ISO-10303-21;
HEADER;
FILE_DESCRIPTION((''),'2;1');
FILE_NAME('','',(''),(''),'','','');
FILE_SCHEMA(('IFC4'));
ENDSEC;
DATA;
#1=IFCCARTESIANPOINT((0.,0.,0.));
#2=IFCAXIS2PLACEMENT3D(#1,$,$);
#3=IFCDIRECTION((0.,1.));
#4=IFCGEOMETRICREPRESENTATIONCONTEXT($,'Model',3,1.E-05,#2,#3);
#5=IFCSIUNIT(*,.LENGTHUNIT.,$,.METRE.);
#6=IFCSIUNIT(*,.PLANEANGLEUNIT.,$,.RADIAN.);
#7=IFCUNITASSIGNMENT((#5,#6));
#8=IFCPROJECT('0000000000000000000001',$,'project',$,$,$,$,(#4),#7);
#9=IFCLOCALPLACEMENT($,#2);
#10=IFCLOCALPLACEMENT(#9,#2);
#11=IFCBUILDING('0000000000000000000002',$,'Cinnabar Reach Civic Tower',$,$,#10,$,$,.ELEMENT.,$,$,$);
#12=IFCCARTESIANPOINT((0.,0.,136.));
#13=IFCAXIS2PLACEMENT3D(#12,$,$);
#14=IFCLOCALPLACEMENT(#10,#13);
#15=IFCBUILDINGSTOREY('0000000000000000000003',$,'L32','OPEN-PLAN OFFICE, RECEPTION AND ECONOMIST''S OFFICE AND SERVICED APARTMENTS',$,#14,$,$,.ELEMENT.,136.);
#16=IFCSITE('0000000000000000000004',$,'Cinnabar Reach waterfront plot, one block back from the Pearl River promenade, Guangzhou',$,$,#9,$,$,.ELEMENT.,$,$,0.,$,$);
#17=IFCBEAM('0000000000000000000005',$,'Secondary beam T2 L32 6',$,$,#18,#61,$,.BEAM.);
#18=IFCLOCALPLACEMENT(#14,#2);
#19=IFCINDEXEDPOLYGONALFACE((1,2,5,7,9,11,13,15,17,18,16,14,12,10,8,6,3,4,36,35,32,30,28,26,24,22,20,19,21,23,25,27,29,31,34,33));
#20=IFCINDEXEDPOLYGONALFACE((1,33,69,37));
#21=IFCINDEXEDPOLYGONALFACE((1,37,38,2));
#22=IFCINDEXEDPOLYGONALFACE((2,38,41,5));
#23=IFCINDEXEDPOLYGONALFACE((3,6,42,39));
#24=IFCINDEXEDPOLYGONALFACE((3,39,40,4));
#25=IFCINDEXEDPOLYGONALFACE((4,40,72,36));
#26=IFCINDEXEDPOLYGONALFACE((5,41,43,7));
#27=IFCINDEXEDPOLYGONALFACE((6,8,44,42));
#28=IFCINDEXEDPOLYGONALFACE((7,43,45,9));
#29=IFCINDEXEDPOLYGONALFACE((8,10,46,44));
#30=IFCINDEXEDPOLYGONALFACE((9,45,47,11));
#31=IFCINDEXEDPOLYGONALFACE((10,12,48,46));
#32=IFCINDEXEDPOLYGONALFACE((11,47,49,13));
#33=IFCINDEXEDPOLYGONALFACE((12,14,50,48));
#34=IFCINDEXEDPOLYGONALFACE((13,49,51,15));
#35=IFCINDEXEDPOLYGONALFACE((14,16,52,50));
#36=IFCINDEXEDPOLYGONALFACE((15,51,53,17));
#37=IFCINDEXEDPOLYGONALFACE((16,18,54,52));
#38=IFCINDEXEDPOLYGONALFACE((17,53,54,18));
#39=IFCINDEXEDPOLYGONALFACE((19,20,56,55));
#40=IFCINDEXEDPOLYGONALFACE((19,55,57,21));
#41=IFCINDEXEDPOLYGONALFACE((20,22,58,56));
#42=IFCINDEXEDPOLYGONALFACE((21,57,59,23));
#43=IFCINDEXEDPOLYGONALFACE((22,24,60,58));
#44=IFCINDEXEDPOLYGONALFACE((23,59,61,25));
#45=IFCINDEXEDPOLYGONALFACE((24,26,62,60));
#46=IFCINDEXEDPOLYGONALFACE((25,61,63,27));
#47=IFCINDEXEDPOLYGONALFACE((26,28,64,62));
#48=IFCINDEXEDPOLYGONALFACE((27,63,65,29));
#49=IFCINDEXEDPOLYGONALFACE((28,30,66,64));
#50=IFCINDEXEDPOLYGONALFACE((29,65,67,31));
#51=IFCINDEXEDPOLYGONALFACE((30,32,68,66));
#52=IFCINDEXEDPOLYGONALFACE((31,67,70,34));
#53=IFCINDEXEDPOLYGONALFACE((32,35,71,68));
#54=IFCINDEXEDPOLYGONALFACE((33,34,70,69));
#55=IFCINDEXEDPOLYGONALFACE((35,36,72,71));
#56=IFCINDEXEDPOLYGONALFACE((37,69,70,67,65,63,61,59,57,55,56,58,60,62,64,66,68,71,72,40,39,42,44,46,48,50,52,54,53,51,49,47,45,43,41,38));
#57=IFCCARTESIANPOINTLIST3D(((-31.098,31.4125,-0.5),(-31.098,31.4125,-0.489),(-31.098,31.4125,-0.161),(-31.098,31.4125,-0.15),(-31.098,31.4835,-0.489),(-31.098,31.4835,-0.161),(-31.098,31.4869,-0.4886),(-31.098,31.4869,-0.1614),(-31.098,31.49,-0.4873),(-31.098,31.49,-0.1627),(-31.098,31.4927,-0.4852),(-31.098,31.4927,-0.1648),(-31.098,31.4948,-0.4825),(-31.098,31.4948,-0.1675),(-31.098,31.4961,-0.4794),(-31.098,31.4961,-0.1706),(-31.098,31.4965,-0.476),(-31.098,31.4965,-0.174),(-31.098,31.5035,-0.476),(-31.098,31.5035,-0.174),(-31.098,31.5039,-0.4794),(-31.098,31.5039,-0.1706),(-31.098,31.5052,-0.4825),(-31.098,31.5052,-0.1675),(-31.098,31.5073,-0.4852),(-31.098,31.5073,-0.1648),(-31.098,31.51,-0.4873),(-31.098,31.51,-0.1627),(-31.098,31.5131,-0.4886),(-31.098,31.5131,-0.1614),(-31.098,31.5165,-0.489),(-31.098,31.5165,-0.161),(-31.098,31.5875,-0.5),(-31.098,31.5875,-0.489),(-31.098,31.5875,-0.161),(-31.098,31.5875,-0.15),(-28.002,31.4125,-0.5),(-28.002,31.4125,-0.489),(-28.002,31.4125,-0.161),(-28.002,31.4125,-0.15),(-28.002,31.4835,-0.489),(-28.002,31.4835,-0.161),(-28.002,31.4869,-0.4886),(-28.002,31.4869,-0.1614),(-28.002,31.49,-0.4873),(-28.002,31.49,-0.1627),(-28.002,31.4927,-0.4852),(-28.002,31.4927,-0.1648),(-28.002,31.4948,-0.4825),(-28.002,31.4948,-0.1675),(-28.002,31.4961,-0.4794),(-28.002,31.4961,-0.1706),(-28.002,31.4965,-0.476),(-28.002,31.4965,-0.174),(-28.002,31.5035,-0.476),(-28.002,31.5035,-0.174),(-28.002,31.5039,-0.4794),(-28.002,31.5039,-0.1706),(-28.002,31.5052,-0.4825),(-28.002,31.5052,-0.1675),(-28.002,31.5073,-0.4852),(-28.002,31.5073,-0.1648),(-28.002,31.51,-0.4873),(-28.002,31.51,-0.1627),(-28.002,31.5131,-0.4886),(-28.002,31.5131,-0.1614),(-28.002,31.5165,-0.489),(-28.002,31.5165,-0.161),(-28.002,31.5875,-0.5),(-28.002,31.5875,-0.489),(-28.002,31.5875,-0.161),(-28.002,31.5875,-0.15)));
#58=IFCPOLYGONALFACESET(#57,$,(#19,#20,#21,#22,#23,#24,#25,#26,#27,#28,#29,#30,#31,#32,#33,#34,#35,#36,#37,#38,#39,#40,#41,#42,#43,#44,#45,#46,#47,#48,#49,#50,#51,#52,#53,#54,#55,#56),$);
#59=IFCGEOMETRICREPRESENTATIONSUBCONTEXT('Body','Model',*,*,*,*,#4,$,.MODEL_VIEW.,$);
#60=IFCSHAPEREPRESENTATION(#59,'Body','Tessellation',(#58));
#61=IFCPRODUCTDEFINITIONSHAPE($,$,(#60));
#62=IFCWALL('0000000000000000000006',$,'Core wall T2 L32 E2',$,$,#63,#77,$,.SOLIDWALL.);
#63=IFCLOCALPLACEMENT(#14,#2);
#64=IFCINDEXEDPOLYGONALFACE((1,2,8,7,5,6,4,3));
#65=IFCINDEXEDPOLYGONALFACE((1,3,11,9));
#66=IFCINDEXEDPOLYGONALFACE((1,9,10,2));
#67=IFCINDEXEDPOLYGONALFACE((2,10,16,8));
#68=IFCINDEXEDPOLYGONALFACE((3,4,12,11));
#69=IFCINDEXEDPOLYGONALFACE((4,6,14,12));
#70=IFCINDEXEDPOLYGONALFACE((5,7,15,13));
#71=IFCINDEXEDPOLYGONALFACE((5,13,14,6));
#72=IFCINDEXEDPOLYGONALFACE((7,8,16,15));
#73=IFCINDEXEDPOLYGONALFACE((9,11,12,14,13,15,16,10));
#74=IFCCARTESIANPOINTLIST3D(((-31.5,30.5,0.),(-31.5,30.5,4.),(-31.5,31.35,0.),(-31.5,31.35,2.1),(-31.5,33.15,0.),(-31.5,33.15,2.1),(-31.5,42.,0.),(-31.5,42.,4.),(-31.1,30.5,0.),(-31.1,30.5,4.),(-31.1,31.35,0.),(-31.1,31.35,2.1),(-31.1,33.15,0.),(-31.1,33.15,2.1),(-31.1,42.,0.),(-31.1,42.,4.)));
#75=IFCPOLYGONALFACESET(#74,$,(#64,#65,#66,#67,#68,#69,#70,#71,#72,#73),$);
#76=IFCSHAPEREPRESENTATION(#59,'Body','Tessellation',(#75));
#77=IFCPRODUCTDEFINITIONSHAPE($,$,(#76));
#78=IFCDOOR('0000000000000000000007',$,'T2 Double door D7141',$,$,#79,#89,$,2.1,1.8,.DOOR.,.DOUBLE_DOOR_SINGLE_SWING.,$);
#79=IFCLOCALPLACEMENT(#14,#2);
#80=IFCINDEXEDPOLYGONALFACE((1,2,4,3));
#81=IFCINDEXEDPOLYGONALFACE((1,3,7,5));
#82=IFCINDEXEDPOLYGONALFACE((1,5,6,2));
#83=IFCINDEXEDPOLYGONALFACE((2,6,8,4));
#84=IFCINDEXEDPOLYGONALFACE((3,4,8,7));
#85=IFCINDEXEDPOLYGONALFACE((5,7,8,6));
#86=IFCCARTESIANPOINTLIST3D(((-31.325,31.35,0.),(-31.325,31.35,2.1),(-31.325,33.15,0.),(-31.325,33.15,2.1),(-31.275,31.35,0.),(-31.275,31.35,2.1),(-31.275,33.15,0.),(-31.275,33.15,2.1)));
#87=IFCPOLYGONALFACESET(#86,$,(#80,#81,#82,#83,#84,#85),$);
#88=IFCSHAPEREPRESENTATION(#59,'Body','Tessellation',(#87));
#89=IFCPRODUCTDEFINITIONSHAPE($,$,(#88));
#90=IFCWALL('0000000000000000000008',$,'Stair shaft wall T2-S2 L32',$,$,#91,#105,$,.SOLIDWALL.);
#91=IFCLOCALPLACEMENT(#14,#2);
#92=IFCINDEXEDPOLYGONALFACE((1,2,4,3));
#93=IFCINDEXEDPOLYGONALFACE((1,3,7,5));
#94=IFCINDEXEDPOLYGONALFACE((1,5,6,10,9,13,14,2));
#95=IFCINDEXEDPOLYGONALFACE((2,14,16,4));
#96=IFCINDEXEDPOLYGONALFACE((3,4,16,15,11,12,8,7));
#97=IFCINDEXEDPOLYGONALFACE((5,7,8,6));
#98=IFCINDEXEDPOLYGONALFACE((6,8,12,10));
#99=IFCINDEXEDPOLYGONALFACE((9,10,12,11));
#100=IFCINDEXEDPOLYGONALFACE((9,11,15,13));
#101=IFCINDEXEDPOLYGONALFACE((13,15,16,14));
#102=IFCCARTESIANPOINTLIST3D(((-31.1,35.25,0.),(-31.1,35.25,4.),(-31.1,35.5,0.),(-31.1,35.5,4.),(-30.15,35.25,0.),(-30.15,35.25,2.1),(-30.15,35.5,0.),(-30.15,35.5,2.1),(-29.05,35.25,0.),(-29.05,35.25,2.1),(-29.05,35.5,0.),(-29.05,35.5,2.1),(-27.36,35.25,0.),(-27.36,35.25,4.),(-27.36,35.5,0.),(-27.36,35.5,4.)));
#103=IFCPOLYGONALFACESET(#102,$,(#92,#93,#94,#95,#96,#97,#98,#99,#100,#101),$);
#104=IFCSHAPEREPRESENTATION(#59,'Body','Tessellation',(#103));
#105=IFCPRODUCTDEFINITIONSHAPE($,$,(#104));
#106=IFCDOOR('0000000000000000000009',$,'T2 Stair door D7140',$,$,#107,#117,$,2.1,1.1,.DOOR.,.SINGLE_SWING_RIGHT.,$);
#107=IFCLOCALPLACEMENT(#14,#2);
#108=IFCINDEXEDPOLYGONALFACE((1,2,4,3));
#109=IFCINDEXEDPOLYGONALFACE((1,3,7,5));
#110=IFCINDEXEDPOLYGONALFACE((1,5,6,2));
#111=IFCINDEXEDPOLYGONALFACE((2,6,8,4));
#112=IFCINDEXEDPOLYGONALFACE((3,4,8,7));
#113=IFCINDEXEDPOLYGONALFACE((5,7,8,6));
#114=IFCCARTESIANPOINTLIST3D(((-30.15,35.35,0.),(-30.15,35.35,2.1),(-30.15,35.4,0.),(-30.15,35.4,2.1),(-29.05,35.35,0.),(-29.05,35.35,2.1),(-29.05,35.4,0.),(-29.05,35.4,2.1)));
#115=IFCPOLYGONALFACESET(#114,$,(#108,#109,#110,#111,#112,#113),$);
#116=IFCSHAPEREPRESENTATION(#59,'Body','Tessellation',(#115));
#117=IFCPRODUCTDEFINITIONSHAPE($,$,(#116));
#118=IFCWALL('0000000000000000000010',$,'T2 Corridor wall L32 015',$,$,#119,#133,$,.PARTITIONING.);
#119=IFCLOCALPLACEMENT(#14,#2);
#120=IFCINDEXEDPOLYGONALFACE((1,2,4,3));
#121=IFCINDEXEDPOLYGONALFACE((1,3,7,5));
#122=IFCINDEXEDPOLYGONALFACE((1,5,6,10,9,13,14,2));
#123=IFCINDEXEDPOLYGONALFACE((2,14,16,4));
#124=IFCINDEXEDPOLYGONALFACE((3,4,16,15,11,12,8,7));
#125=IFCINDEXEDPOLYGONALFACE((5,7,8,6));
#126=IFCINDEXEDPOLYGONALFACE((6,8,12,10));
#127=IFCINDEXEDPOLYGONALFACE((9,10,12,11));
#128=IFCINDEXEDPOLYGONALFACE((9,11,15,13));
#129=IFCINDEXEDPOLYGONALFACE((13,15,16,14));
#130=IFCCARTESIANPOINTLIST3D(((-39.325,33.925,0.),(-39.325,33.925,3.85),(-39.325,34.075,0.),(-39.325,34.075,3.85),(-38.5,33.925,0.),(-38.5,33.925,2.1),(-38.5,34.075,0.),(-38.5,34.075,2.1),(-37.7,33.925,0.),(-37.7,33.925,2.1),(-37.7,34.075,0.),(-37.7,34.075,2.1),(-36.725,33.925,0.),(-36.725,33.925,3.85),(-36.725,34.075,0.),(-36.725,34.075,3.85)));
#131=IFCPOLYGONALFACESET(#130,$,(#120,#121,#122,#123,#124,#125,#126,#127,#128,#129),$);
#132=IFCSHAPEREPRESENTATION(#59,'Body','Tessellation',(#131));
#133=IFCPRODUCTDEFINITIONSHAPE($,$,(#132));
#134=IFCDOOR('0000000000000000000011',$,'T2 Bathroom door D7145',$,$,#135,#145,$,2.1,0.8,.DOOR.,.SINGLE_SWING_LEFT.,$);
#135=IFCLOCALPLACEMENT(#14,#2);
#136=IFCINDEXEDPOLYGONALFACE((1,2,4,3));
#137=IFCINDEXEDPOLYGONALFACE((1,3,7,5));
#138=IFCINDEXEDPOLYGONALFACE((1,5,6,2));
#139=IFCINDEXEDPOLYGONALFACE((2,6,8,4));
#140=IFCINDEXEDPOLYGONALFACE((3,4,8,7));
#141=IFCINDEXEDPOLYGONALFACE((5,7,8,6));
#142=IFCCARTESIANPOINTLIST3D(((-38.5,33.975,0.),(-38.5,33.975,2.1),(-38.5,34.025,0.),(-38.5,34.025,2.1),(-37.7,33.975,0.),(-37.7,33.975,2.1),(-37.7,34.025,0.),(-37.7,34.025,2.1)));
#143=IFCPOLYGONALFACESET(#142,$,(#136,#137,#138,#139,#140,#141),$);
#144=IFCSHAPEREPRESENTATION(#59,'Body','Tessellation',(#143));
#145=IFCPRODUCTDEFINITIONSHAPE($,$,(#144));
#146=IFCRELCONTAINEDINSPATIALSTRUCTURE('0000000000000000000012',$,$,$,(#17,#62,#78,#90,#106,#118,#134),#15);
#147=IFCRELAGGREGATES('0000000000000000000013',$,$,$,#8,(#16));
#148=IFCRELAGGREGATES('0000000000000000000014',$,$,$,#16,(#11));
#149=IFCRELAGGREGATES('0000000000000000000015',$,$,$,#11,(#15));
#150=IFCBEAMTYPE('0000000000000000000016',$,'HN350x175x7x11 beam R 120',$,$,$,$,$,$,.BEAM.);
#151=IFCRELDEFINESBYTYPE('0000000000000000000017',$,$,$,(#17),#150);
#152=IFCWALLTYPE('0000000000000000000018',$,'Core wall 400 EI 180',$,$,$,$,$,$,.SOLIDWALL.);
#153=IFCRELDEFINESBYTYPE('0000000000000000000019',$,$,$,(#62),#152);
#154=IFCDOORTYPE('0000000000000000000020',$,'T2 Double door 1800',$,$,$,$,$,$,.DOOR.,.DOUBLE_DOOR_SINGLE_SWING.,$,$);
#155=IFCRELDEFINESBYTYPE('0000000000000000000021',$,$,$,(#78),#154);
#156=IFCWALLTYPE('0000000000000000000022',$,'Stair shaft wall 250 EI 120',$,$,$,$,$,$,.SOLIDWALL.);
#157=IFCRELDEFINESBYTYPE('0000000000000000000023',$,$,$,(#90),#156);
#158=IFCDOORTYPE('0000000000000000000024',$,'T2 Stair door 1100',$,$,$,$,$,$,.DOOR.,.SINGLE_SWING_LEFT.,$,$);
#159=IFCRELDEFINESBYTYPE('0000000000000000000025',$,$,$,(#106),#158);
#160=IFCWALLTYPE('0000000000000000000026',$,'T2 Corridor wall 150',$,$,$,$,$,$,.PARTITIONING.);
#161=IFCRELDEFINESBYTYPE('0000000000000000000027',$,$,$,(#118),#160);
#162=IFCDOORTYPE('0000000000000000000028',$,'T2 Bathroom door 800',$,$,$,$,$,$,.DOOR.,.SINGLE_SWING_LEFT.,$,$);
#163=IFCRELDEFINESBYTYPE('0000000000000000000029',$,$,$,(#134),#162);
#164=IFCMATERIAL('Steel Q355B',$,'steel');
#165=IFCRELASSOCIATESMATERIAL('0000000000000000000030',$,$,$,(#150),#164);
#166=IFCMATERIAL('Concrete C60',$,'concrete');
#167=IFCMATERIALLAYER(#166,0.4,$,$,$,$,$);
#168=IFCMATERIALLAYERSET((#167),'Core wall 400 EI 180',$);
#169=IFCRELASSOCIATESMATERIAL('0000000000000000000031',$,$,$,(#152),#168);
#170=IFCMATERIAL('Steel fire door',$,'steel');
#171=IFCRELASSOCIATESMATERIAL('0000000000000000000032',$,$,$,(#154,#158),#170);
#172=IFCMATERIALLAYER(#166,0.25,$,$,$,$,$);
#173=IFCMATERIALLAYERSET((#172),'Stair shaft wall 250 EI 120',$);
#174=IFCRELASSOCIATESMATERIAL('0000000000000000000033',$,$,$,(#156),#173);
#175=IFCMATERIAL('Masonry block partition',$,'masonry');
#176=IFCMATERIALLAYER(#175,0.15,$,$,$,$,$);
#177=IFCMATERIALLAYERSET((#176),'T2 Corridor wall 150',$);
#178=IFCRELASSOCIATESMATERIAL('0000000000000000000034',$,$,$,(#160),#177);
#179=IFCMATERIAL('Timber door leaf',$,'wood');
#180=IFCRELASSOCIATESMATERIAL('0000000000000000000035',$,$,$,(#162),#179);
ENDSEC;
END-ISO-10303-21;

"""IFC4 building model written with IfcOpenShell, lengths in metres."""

from ifc_helpers import new_model, si_unit, direction, frame, frame_2d, origin, origin_2d, place, context, subcontext, project, spatial, rectangle, i_section, extrude, material, layer, layer_set, material_profile, profile_set, type_object, element, fill, save


model = new_model("IFC4")

# Units and contexts
model_context = context("Model", 3, precision=1e-05, world=origin(), true_north=direction((0.0, 1.0)))
body_context = subcontext(model_context, "Body", "Model", "MODEL_VIEW")
ifc_project = project(units=[si_unit("LENGTHUNIT", "METRE"), si_unit("PLANEANGLEUNIT", "RADIAN")], contexts=[model_context])

# Site, building, storey
site_placement = place(None, origin())
site = spatial("IfcSite", under=ifc_project, at=site_placement, Name="Cinnabar Reach waterfront plot, one block back from the Pearl River promenade, Guangzhou", CompositionType="ELEMENT", RefElevation=0.0)
building_placement = place(site_placement, origin())
building = spatial("IfcBuilding", under=site, at=building_placement, Name="Cinnabar Reach Civic Tower", CompositionType="ELEMENT")
storey_placement = place(building_placement, frame((0.0, 0.0, 136.0)))
storey = spatial("IfcBuildingStorey", under=building, at=storey_placement, Name="L32", Description="OPEN-PLAN OFFICE, RECEPTION AND ECONOMIST'S OFFICE AND SERVICED APARTMENTS", CompositionType="ELEMENT", Elevation=136.0)

# Beam
ifc_material_1 = material(Name="Steel Q355B", Category="steel")
ifc_material_profile = material_profile(ifc_material_1, i_section(OverallWidth=0.175, OverallDepth=0.35, WebThickness=0.007, FlangeThickness=0.011, FilletRadius=0.013, at=origin_2d()), Name="HN350x175x7x11")
ifc_profile_set = profile_set([ifc_material_profile], Name="Steel Q355B")
beam_type = type_object("IfcBeamType", Name="HN350x175x7x11 beam R 120", PredefinedType="BEAM", material=ifc_profile_set)
beam_placement = place(storey_placement, frame((-31.098, 31.5, -0.325), z_axis=(1.0, 0.0, 0.0), x_axis=(0.0, 1.0, 0.0)))
element("IfcBeam", 1, at=beam_placement, inside=storey, type_object=beam_type, Name="Secondary beam T2 L32 6", PredefinedType="BEAM", context=body_context, shape_type="SweptSolid", body=[
    extrude(i_section(OverallWidth=0.175, OverallDepth=0.35, WebThickness=0.007, FlangeThickness=0.011, FilletRadius=0.013, at=origin_2d()), origin(), (0.0, 0.0, 1.0), 3.096),
])

# Walls, openings, doors
ifc_material_2 = material(Name="Concrete C60", Category="concrete")
ifc_layer_1 = layer(ifc_material_2, 0.4)
ifc_layer_set_1 = layer_set([ifc_layer_1], Name="Core wall 400 EI 180")
wall_type_1 = type_object("IfcWallType", Name="Core wall 400 EI 180", PredefinedType="SOLIDWALL", material=ifc_layer_set_1)
wall_1_placement = place(storey_placement, frame((-31.3, 30.5, 0.0), z_axis=(0.0, 0.0, 1.0), x_axis=(0.0, 1.0, 0.0)))
wall_1 = element("IfcWall", 2, at=wall_1_placement, inside=storey, type_object=wall_type_1, Name="Core wall T2 L32 E2", PredefinedType="SOLIDWALL", context=body_context, shape_type="SweptSolid", body=[
    extrude(rectangle(XDim=11.5, YDim=0.4, at=frame_2d((5.75, 0.0))), origin(), (0.0, 0.0, 1.0), 4.0),
])
opening_1_placement = place(wall_1_placement, frame((0.85, 0.0, 0.0)))
opening_1 = element("IfcOpeningElement", 3, at=opening_1_placement, cuts=wall_1, PredefinedType="OPENING", context=body_context, shape_type="SweptSolid", body=[
    extrude(rectangle(XDim=1.8, YDim=2.1, at=frame_2d((0.9, 1.05))), frame((0.0, 0.21, 0.0), z_axis=(0.0, -1.0, 0.0), x_axis=(1.0, 0.0, 0.0)), (0.0, 0.0, 1.0), 0.42),
])
ifc_material_3 = material(Name="Steel fire door", Category="steel")
door_type_1 = type_object("IfcDoorType", Name="T2 Double door 1800", OperationType="DOUBLE_DOOR_SINGLE_SWING", PredefinedType="DOOR", material=ifc_material_3)
door_1_placement = place(opening_1_placement, origin())
door_1 = element("IfcDoor", 4, at=door_1_placement, inside=storey, type_object=door_type_1, Name="T2 Double door D7141", OperationType="DOUBLE_DOOR_SINGLE_SWING", OverallHeight=2.1, OverallWidth=1.8, PredefinedType="DOOR", context=body_context, shape_type="SweptSolid", body=[
    extrude(rectangle(XDim=1.8, YDim=2.1, at=frame_2d((0.9, 1.05))), frame((0.0, 0.025, 0.0), z_axis=(0.0, -1.0, 0.0), x_axis=(1.0, 0.0, 0.0)), (0.0, 0.0, 1.0), 0.05),
])
fill(opening_1, door_1)
ifc_layer_2 = layer(ifc_material_2, 0.25)
ifc_layer_set_2 = layer_set([ifc_layer_2], Name="Stair shaft wall 250 EI 120")
wall_type_2 = type_object("IfcWallType", Name="Stair shaft wall 250 EI 120", PredefinedType="SOLIDWALL", material=ifc_layer_set_2)
wall_2_placement = place(storey_placement, frame((-31.1, 35.375, 0.0), z_axis=(0.0, 0.0, 1.0), x_axis=(1.0, 0.0, 0.0)))
wall_2 = element("IfcWall", 5, at=wall_2_placement, inside=storey, type_object=wall_type_2, Name="Stair shaft wall T2-S2 L32", PredefinedType="SOLIDWALL", context=body_context, shape_type="SweptSolid", body=[
    extrude(rectangle(XDim=3.74, YDim=0.25, at=frame_2d((1.87, 0.0))), origin(), (0.0, 0.0, 1.0), 4.0),
])
opening_2_placement = place(wall_2_placement, frame((0.95, 0.0, 0.0)))
opening_2 = element("IfcOpeningElement", 6, at=opening_2_placement, cuts=wall_2, PredefinedType="OPENING", context=body_context, shape_type="SweptSolid", body=[
    extrude(rectangle(XDim=1.1, YDim=2.1, at=frame_2d((0.55, 1.05))), frame((0.0, 0.135, 0.0), z_axis=(0.0, -1.0, 0.0), x_axis=(1.0, 0.0, 0.0)), (0.0, 0.0, 1.0), 0.27),
])
door_type_2 = type_object("IfcDoorType", Name="T2 Stair door 1100", OperationType="SINGLE_SWING_LEFT", PredefinedType="DOOR", material=ifc_material_3)
door_2_placement = place(opening_2_placement, origin())
door_2 = element("IfcDoor", 7, at=door_2_placement, inside=storey, type_object=door_type_2, Name="T2 Stair door D7140", OperationType="SINGLE_SWING_RIGHT", OverallHeight=2.1, OverallWidth=1.1, PredefinedType="DOOR", context=body_context, shape_type="SweptSolid", body=[
    extrude(rectangle(XDim=1.1, YDim=2.1, at=frame_2d((0.55, 1.05))), frame((0.0, 0.025, 0.0), z_axis=(0.0, -1.0, 0.0), x_axis=(1.0, 0.0, 0.0)), (0.0, 0.0, 1.0), 0.05),
])
fill(opening_2, door_2)
ifc_material_4 = material(Name="Masonry block partition", Category="masonry")
ifc_layer_3 = layer(ifc_material_4, 0.15)
ifc_layer_set_3 = layer_set([ifc_layer_3], Name="T2 Corridor wall 150")
wall_type_3 = type_object("IfcWallType", Name="T2 Corridor wall 150", PredefinedType="PARTITIONING", material=ifc_layer_set_3)
wall_3_placement = place(storey_placement, frame((-36.725, 34.0, 0.0), z_axis=(0.0, 0.0, 1.0), x_axis=(-1.0, 0.0, 0.0)))
wall_3 = element("IfcWall", 8, at=wall_3_placement, inside=storey, type_object=wall_type_3, Name="T2 Corridor wall L32 015", PredefinedType="PARTITIONING", context=body_context, shape_type="SweptSolid", body=[
    extrude(rectangle(XDim=2.6, YDim=0.15, at=frame_2d((1.3, 0.0))), origin(), (0.0, 0.0, 1.0), 3.85),
])
opening_3_placement = place(wall_3_placement, frame((0.975, 0.0, 0.0)))
opening_3 = element("IfcOpeningElement", 9, at=opening_3_placement, cuts=wall_3, PredefinedType="OPENING", context=body_context, shape_type="SweptSolid", body=[
    extrude(rectangle(XDim=0.8, YDim=2.1, at=frame_2d((0.4, 1.05))), frame((0.0, 0.085, 0.0), z_axis=(0.0, -1.0, 0.0), x_axis=(1.0, 0.0, 0.0)), (0.0, 0.0, 1.0), 0.17),
])
ifc_material_5 = material(Name="Timber door leaf", Category="wood")
door_type_3 = type_object("IfcDoorType", Name="T2 Bathroom door 800", OperationType="SINGLE_SWING_LEFT", PredefinedType="DOOR", material=ifc_material_5)
door_3_placement = place(opening_3_placement, frame((0.8, 0.0, 0.0), z_axis=(0.0, 0.0, 1.0), x_axis=(-1.0, 0.0, 0.0)))
door_3 = element("IfcDoor", 10, at=door_3_placement, inside=storey, type_object=door_type_3, Name="T2 Bathroom door D7145", OperationType="SINGLE_SWING_LEFT", OverallHeight=2.1, OverallWidth=0.8, PredefinedType="DOOR", context=body_context, shape_type="SweptSolid", body=[
    extrude(rectangle(XDim=0.8, YDim=2.1, at=frame_2d((0.4, 1.05))), frame((0.0, 0.025, 0.0), z_axis=(0.0, -1.0, 0.0), x_axis=(1.0, 0.0, 0.0)), (0.0, 0.0, 1.0), 0.05),
])
fill(opening_3, door_3)

save(model, "model.ifc")
